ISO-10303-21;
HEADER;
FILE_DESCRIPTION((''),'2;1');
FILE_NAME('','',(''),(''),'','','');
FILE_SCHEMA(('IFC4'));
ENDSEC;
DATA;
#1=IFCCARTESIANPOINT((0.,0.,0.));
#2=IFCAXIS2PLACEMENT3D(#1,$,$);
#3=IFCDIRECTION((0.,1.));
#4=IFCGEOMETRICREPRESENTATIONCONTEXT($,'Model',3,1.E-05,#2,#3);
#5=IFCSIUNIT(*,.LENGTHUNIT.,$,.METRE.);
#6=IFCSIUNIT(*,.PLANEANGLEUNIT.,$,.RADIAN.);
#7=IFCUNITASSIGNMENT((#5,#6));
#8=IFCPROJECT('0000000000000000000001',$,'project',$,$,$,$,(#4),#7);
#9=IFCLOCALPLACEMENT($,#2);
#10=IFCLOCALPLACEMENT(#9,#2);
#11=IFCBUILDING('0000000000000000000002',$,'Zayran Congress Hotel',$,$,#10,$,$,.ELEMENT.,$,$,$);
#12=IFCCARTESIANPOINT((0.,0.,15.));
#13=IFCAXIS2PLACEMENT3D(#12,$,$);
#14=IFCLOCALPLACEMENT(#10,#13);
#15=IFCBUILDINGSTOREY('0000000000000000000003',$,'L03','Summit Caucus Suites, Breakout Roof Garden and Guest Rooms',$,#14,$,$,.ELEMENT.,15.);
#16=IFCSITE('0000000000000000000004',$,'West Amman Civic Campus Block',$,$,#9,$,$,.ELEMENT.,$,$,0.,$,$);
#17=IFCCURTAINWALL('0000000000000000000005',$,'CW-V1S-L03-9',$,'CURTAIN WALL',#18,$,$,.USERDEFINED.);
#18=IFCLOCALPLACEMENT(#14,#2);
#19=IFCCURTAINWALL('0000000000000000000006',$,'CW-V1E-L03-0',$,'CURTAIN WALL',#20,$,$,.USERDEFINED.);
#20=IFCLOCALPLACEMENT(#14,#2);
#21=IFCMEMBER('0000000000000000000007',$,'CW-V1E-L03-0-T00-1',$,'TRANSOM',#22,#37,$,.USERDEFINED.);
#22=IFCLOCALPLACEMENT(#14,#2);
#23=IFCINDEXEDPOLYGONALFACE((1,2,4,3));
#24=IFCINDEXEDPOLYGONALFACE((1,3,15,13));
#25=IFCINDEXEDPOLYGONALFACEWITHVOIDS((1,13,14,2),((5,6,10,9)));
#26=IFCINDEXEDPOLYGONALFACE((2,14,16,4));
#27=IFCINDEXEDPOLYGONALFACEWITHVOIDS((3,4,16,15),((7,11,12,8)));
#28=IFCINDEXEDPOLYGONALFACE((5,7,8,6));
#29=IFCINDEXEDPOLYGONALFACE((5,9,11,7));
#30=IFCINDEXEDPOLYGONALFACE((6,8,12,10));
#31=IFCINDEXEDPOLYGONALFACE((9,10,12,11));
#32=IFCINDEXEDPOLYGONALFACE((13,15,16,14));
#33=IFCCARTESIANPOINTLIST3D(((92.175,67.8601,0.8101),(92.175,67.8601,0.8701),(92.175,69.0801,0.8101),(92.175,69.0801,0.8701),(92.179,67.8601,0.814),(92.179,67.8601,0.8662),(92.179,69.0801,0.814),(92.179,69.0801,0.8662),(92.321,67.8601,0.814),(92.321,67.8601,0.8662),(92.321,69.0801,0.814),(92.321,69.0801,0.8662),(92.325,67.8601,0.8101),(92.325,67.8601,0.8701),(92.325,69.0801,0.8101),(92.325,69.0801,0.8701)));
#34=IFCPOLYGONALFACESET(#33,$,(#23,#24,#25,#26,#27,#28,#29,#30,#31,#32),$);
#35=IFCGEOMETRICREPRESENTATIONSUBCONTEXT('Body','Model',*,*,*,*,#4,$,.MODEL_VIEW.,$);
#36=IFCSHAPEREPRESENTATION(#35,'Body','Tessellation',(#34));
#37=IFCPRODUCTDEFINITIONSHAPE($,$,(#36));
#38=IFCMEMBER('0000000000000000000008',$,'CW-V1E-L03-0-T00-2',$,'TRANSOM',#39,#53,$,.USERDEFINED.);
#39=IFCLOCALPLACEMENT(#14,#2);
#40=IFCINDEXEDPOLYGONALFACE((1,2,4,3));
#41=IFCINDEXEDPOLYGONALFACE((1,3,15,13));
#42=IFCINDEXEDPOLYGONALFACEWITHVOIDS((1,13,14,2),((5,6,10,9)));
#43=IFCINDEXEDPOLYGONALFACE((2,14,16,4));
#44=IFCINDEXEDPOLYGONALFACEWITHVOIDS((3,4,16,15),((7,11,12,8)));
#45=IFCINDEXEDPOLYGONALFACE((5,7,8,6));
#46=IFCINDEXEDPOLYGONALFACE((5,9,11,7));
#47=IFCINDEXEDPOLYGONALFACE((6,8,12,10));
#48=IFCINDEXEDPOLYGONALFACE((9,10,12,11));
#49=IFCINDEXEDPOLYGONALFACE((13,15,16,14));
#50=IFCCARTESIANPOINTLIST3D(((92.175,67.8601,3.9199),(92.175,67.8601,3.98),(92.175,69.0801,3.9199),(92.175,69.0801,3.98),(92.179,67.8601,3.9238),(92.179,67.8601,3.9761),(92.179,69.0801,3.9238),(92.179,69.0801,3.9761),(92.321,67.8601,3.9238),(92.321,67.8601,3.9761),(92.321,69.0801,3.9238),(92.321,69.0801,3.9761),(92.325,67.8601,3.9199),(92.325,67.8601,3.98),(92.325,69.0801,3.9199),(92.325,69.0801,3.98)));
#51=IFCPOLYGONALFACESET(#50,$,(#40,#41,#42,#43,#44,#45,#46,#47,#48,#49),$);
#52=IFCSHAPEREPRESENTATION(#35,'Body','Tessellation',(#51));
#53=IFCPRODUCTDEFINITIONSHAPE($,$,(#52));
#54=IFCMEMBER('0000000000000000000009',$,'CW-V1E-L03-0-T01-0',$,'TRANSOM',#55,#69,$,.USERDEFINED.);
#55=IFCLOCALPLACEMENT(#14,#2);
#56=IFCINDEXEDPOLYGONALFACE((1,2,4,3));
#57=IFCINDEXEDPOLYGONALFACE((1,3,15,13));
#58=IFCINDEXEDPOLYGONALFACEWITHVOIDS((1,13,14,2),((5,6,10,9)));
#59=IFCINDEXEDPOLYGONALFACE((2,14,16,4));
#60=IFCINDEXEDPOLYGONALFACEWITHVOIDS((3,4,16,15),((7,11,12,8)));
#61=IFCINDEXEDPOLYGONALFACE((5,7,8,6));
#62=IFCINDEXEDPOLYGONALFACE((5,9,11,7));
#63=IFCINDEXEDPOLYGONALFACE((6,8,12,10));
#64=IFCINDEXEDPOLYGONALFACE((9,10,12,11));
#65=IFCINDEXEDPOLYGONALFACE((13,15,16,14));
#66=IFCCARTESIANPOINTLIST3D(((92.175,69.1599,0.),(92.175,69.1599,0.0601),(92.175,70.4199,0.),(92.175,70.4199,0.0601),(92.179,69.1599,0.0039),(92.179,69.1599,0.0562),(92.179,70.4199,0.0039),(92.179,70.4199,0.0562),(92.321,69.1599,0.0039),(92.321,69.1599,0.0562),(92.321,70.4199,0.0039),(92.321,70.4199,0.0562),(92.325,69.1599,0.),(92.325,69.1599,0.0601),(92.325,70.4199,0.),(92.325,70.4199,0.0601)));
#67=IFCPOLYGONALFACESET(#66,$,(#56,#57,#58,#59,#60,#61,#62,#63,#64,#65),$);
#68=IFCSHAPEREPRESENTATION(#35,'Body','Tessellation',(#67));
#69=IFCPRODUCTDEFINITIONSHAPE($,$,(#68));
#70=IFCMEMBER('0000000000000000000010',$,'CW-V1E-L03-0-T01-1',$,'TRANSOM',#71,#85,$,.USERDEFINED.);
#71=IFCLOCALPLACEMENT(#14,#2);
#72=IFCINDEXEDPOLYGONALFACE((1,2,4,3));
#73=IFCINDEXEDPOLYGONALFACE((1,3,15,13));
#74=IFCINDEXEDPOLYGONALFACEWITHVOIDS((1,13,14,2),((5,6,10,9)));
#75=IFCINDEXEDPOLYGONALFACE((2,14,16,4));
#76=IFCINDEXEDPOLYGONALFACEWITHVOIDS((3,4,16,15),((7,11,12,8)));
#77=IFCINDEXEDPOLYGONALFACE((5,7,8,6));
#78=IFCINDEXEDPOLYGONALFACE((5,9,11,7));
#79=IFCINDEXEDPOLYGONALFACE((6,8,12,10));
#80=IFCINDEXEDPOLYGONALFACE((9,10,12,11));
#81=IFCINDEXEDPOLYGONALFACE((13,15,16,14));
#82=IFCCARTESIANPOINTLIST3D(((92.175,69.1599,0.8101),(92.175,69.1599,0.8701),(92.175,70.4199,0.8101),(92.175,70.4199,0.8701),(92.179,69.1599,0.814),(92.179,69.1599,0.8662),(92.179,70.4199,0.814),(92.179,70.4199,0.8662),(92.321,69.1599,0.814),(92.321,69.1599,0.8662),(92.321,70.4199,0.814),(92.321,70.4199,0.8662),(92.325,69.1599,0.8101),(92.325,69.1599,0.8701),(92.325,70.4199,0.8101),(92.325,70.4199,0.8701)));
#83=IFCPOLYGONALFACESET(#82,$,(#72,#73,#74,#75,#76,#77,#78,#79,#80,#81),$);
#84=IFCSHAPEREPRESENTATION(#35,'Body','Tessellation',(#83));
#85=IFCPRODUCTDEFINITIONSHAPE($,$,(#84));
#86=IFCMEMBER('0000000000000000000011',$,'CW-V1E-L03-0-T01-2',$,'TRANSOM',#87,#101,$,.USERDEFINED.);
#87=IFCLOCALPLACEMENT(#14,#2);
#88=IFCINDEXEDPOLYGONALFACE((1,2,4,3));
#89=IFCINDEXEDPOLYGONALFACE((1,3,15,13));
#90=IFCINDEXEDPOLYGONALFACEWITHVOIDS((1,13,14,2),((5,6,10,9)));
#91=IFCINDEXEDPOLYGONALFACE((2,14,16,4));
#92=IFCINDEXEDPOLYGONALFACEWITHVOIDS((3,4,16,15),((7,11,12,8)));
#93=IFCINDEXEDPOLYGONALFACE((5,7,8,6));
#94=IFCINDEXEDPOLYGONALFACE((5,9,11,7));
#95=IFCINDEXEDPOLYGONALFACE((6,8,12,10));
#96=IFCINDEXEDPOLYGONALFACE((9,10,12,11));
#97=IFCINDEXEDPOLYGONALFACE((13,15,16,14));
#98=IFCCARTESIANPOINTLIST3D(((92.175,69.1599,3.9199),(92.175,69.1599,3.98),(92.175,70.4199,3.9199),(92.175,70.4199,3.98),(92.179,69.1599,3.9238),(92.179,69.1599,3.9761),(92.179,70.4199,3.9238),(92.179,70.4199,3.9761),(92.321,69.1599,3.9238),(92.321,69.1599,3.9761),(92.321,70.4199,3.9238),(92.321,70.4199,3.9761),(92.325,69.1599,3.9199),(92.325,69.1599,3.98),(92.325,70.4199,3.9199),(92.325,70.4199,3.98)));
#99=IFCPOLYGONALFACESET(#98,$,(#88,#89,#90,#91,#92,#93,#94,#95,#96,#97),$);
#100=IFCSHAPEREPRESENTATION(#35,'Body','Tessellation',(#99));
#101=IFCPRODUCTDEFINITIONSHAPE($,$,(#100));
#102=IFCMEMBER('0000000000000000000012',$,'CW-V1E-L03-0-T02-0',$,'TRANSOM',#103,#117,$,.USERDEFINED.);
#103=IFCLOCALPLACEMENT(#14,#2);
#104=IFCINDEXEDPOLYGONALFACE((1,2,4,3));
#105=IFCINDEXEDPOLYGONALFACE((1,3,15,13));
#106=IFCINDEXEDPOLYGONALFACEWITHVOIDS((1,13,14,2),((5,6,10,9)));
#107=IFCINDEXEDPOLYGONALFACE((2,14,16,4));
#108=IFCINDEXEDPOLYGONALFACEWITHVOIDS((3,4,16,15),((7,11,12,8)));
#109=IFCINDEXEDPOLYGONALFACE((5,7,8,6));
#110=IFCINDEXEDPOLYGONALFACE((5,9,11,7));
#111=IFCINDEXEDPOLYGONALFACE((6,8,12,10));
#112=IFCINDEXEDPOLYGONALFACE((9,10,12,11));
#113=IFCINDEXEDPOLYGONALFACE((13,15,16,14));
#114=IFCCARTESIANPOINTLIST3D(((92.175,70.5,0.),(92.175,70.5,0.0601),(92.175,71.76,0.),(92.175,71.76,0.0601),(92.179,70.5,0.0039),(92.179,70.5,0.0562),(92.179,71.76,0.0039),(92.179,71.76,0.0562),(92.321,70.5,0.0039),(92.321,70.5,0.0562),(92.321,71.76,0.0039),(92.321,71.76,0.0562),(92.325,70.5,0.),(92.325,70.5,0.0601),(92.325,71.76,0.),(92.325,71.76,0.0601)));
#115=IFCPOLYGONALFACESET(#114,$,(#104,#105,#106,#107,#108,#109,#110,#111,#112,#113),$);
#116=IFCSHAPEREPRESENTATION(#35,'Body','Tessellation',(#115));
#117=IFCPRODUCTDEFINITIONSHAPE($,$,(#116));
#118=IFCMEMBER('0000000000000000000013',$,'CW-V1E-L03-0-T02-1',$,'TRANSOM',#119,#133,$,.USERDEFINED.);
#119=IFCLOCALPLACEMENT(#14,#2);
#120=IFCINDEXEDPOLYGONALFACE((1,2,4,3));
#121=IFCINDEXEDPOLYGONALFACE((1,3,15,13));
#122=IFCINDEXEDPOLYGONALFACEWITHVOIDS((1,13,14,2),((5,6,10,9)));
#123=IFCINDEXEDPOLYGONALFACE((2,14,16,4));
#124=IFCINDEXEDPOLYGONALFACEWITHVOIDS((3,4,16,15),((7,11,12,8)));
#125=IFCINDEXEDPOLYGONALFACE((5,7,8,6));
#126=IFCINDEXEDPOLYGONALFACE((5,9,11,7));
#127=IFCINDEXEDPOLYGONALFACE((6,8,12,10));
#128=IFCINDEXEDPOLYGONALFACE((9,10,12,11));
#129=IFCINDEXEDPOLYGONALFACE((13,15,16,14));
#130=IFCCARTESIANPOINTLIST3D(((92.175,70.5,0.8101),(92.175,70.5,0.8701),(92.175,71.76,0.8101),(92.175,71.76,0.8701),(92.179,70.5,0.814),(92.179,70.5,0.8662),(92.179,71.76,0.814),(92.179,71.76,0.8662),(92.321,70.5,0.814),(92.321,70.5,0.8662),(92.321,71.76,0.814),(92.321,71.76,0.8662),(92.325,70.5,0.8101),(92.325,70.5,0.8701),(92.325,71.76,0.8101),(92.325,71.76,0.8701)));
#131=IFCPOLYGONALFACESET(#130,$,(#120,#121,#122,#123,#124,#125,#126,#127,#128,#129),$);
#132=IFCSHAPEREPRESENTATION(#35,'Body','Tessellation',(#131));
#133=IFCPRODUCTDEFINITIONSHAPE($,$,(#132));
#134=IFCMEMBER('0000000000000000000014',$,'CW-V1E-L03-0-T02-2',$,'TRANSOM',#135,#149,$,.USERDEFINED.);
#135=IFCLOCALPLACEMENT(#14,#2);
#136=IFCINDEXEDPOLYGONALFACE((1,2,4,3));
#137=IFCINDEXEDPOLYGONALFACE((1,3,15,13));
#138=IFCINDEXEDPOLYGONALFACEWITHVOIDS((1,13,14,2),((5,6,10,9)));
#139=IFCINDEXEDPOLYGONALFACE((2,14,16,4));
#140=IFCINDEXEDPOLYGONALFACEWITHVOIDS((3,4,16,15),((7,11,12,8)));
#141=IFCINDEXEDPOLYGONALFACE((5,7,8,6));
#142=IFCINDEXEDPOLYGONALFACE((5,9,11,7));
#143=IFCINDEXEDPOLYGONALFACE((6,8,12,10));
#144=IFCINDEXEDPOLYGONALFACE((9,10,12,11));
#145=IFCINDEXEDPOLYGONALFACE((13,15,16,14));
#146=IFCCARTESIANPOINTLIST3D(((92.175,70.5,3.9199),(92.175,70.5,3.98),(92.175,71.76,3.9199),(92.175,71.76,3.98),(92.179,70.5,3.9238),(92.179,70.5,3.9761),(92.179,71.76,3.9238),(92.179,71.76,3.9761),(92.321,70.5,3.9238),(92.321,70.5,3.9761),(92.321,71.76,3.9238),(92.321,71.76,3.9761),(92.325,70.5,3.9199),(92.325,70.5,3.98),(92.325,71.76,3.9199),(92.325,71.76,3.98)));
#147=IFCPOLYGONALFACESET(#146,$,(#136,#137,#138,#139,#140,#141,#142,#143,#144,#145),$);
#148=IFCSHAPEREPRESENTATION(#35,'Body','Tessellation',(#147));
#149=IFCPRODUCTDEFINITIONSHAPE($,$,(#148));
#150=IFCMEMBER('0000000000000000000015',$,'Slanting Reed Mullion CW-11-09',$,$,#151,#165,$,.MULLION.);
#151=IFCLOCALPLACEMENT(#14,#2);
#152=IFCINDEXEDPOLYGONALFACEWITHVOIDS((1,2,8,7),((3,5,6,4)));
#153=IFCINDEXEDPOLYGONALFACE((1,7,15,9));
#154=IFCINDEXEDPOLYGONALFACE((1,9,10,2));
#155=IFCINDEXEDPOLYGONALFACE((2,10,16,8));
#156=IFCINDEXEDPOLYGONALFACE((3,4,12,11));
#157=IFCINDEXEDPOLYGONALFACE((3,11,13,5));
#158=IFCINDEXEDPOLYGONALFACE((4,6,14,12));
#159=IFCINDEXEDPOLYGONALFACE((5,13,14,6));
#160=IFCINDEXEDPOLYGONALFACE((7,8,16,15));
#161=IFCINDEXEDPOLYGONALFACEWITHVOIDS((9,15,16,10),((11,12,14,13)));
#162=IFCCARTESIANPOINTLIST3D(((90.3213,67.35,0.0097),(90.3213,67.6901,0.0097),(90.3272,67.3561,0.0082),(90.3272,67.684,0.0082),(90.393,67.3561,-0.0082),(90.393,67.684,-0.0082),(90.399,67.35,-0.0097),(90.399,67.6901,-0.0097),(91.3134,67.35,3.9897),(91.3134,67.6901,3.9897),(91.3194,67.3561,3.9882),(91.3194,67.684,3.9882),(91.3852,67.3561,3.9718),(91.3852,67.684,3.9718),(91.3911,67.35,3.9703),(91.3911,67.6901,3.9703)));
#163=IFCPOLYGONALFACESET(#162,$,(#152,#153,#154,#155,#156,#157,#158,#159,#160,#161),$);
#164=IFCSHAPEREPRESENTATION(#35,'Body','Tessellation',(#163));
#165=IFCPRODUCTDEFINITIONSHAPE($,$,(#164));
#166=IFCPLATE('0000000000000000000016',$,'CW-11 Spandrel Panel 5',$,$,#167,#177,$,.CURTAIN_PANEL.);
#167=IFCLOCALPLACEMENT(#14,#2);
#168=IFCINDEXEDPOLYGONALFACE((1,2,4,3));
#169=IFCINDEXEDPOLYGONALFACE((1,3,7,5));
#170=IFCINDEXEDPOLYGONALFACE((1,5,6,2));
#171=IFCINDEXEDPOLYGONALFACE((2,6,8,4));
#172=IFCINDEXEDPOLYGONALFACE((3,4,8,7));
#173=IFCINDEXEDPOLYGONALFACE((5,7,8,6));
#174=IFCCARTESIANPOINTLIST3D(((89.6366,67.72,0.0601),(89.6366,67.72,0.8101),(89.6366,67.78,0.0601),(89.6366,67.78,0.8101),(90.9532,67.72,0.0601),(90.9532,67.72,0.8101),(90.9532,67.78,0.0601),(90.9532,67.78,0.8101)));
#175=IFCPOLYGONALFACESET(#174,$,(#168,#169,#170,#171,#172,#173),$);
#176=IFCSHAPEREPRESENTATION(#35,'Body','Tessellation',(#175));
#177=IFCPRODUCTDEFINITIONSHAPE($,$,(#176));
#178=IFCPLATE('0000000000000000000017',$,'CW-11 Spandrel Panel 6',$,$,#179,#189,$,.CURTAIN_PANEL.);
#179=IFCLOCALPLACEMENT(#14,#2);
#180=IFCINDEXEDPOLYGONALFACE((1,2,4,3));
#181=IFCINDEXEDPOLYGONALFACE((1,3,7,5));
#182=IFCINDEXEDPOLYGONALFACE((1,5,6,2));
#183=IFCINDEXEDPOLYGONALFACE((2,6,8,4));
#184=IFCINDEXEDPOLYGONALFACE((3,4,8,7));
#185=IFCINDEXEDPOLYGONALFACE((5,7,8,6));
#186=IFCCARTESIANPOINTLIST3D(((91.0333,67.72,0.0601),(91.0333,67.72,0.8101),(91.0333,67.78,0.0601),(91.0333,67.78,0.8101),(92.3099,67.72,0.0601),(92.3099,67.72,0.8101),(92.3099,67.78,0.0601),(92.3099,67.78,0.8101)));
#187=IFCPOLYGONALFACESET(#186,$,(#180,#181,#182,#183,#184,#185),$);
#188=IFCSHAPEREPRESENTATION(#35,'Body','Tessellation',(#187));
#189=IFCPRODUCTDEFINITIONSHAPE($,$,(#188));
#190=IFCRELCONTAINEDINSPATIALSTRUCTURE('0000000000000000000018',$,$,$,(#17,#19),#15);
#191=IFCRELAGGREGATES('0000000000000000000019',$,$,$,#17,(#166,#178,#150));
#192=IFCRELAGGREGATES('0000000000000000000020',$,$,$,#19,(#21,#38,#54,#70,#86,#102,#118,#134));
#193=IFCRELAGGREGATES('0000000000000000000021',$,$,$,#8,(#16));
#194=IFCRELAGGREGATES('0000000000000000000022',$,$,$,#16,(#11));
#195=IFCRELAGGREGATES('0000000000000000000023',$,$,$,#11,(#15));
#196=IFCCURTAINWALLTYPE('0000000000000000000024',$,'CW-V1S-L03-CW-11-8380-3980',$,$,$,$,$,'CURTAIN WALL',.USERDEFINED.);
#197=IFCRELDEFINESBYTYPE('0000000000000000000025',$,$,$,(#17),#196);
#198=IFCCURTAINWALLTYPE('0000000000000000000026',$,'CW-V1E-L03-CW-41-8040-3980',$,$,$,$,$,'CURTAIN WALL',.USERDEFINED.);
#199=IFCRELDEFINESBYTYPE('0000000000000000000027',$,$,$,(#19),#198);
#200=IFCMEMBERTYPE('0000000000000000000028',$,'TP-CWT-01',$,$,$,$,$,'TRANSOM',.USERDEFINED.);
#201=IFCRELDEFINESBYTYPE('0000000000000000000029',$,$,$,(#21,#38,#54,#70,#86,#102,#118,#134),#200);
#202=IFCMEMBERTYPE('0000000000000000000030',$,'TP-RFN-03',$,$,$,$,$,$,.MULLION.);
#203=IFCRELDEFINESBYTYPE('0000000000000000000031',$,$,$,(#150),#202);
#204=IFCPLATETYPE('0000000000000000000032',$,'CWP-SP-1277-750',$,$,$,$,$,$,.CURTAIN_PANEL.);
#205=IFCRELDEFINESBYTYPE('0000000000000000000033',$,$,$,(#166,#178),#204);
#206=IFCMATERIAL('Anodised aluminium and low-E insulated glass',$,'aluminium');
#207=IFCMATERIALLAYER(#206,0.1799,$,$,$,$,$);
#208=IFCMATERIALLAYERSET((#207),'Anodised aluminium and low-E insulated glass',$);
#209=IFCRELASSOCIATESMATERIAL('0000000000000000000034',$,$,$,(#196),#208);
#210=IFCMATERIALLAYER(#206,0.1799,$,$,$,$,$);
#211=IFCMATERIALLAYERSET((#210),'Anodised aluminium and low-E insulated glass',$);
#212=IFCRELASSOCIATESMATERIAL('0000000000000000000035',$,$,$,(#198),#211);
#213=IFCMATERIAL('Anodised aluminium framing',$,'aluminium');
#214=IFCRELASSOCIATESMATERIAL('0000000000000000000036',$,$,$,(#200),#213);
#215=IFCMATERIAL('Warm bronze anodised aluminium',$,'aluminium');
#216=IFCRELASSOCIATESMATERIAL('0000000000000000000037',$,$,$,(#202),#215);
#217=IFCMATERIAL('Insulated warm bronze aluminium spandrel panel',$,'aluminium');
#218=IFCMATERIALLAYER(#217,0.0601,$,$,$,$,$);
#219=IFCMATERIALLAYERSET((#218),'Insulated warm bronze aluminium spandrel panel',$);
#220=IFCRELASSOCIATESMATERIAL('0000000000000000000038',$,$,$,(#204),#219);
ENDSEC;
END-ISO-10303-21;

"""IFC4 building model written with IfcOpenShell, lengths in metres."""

from ifc_helpers import new_model, si_unit, direction, frame, origin, origin_2d, place, context, subcontext, project, spatial, rectangle, hollow_rectangle, extrude, material, layer, layer_set, material_profile, profile_set, type_object, element, aggregate, save


model = new_model("IFC4")

# Units and contexts
model_context = context("Model", 3, precision=1e-05, world=origin(), true_north=direction((0.0, 1.0)))
body_context = subcontext(model_context, "Body", "Model", "MODEL_VIEW")
ifc_project = project(units=[si_unit("LENGTHUNIT", "METRE"), si_unit("PLANEANGLEUNIT", "RADIAN")], contexts=[model_context])

# Site, building, storey
site_placement = place(None, origin())
site = spatial("IfcSite", under=ifc_project, at=site_placement, Name="West Amman Civic Campus Block", CompositionType="ELEMENT", RefElevation=0.0)
building_placement = place(site_placement, origin())
building = spatial("IfcBuilding", under=site, at=building_placement, Name="Zayran Congress Hotel", CompositionType="ELEMENT")
storey_placement = place(building_placement, frame((0.0, 0.0, 15.0)))
storey = spatial("IfcBuildingStorey", under=building, at=storey_placement, Name="L03", Description="Summit Caucus Suites, Breakout Roof Garden and Guest Rooms", CompositionType="ELEMENT", Elevation=15.0)

# Curtain wall
ifc_material_1 = material(Name="Anodised aluminium and low-E insulated glass", Category="aluminium")
ifc_layer_1 = layer(ifc_material_1, 0.1799)
ifc_layer_set_1 = layer_set([ifc_layer_1], Name="Anodised aluminium and low-E insulated glass")
curtain_wall_type_1 = type_object("IfcCurtainWallType", Name="CW-V1S-L03-CW-11-8380-3980", ElementType="CURTAIN WALL", PredefinedType="USERDEFINED", material=ifc_layer_set_1)
curtain_wall_1_placement = place(storey_placement, origin())
curtain_wall_1 = element("IfcCurtainWall", 1, at=curtain_wall_1_placement, inside=storey, type_object=curtain_wall_type_1, Name="CW-V1S-L03-9", ObjectType="CURTAIN WALL", PredefinedType="USERDEFINED")
ifc_material_2 = material(Name="Anodised aluminium framing", Category="aluminium")

# Curtain wall
ifc_layer_2 = layer(ifc_material_1, 0.1799)
ifc_layer_set_2 = layer_set([ifc_layer_2], Name="Anodised aluminium and low-E insulated glass")
curtain_wall_type_2 = type_object("IfcCurtainWallType", Name="CW-V1E-L03-CW-41-8040-3980", ElementType="CURTAIN WALL", PredefinedType="USERDEFINED", material=ifc_layer_set_2)
curtain_wall_2_placement = place(storey_placement, origin())
curtain_wall_2 = element("IfcCurtainWall", 2, at=curtain_wall_2_placement, inside=storey, type_object=curtain_wall_type_2, Name="CW-V1E-L03-0", ObjectType="CURTAIN WALL", PredefinedType="USERDEFINED")

# Members
ifc_material_profile_1 = material_profile(ifc_material_2, hollow_rectangle(XDim=0.0601, YDim=0.1499, WallThickness=0.0039, at=origin_2d()), Name="RHS 150x60x4")
ifc_profile_set_1 = profile_set([ifc_material_profile_1], Name="Anodised aluminium framing")
member_type_1 = type_object("IfcMemberType", Name="TP-CWT-01", ElementType="TRANSOM", PredefinedType="USERDEFINED", material=ifc_profile_set_1)
member_1_placement = place(storey_placement, frame((92.25, 67.8601, 0.8401), z_axis=(0.0, 1.0, 0.0), x_axis=(0.0, 0.0, 1.0)))
member_1 = element("IfcMember", 3, at=member_1_placement, type_object=member_type_1, Name="CW-V1E-L03-0-T00-1", ObjectType="TRANSOM", PredefinedType="USERDEFINED", context=body_context, shape_type="SweptSolid", body=[
    extrude(hollow_rectangle(XDim=0.0601, YDim=0.1499, WallThickness=0.0039, at=origin_2d()), origin(), (0.0, 0.0, 1.0), 1.22),
])
member_2_placement = place(storey_placement, frame((92.25, 67.8601, 3.95), z_axis=(0.0, 1.0, 0.0), x_axis=(0.0, 0.0, 1.0)))
member_2 = element("IfcMember", 4, at=member_2_placement, type_object=member_type_1, Name="CW-V1E-L03-0-T00-2", ObjectType="TRANSOM", PredefinedType="USERDEFINED", context=body_context, shape_type="SweptSolid", body=[
    extrude(hollow_rectangle(XDim=0.0601, YDim=0.1499, WallThickness=0.0039, at=origin_2d()), origin(), (0.0, 0.0, 1.0), 1.22),
])
member_3_placement = place(storey_placement, frame((92.25, 69.1599, 0.03), z_axis=(0.0, 1.0, 0.0), x_axis=(0.0, 0.0, 1.0)))
member_3 = element("IfcMember", 5, at=member_3_placement, type_object=member_type_1, Name="CW-V1E-L03-0-T01-0", ObjectType="TRANSOM", PredefinedType="USERDEFINED", context=body_context, shape_type="SweptSolid", body=[
    extrude(hollow_rectangle(XDim=0.0601, YDim=0.1499, WallThickness=0.0039, at=origin_2d()), origin(), (0.0, 0.0, 1.0), 1.26),
])
member_4_placement = place(storey_placement, frame((92.25, 69.1599, 0.8401), z_axis=(0.0, 1.0, 0.0), x_axis=(0.0, 0.0, 1.0)))
member_4 = element("IfcMember", 6, at=member_4_placement, type_object=member_type_1, Name="CW-V1E-L03-0-T01-1", ObjectType="TRANSOM", PredefinedType="USERDEFINED", context=body_context, shape_type="SweptSolid", body=[
    extrude(hollow_rectangle(XDim=0.0601, YDim=0.1499, WallThickness=0.0039, at=origin_2d()), origin(), (0.0, 0.0, 1.0), 1.26),
])
member_5_placement = place(storey_placement, frame((92.25, 69.1599, 3.95), z_axis=(0.0, 1.0, 0.0), x_axis=(0.0, 0.0, 1.0)))
member_5 = element("IfcMember", 7, at=member_5_placement, type_object=member_type_1, Name="CW-V1E-L03-0-T01-2", ObjectType="TRANSOM", PredefinedType="USERDEFINED", context=body_context, shape_type="SweptSolid", body=[
    extrude(hollow_rectangle(XDim=0.0601, YDim=0.1499, WallThickness=0.0039, at=origin_2d()), origin(), (0.0, 0.0, 1.0), 1.26),
])
member_6_placement = place(storey_placement, frame((92.25, 70.5, 0.03), z_axis=(0.0, 1.0, 0.0), x_axis=(0.0, 0.0, 1.0)))
member_6 = element("IfcMember", 8, at=member_6_placement, type_object=member_type_1, Name="CW-V1E-L03-0-T02-0", ObjectType="TRANSOM", PredefinedType="USERDEFINED", context=body_context, shape_type="SweptSolid", body=[
    extrude(hollow_rectangle(XDim=0.0601, YDim=0.1499, WallThickness=0.0039, at=origin_2d()), origin(), (0.0, 0.0, 1.0), 1.26),
])
member_7_placement = place(storey_placement, frame((92.25, 70.5, 0.8401), z_axis=(0.0, 1.0, 0.0), x_axis=(0.0, 0.0, 1.0)))
member_7 = element("IfcMember", 9, at=member_7_placement, type_object=member_type_1, Name="CW-V1E-L03-0-T02-1", ObjectType="TRANSOM", PredefinedType="USERDEFINED", context=body_context, shape_type="SweptSolid", body=[
    extrude(hollow_rectangle(XDim=0.0601, YDim=0.1499, WallThickness=0.0039, at=origin_2d()), origin(), (0.0, 0.0, 1.0), 1.26),
])
member_8_placement = place(storey_placement, frame((92.25, 70.5, 3.95), z_axis=(0.0, 1.0, 0.0), x_axis=(0.0, 0.0, 1.0)))
member_8 = element("IfcMember", 10, at=member_8_placement, type_object=member_type_1, Name="CW-V1E-L03-0-T02-2", ObjectType="TRANSOM", PredefinedType="USERDEFINED", context=body_context, shape_type="SweptSolid", body=[
    extrude(hollow_rectangle(XDim=0.0601, YDim=0.1499, WallThickness=0.0039, at=origin_2d()), origin(), (0.0, 0.0, 1.0), 1.26),
])
ifc_material_3 = material(Name="Warm bronze anodised aluminium", Category="aluminium")
ifc_material_profile_2 = material_profile(ifc_material_3, hollow_rectangle(XDim=0.0801, YDim=0.3401, WallThickness=0.0061, at=origin_2d()), Name="RHS 340x80x6")
ifc_profile_set_2 = profile_set([ifc_material_profile_2], Name="Warm bronze anodised aluminium")
member_type_2 = type_object("IfcMemberType", Name="TP-RFN-03", PredefinedType="MULLION", material=ifc_profile_set_2)
member_9_placement = place(storey_placement, frame((90.3601, 67.52, 0.0), z_axis=(0.241891, 0.0, 0.970303), x_axis=(-0.970303, 0.0, 0.241891)))
member_9 = element("IfcMember", 11, at=member_9_placement, type_object=member_type_2, Name="Slanting Reed Mullion CW-11-09", PredefinedType="MULLION", context=body_context, shape_type="SweptSolid", body=[
    extrude(hollow_rectangle(XDim=0.0801, YDim=0.3401, WallThickness=0.0061, at=origin_2d()), origin(), (0.0, 0.0, 1.0), 4.1018),
])

# Plates
ifc_material_4 = material(Name="Insulated warm bronze aluminium spandrel panel", Category="aluminium")
ifc_layer_3 = layer(ifc_material_4, 0.0601)
ifc_layer_set_3 = layer_set([ifc_layer_3], Name="Insulated warm bronze aluminium spandrel panel")
plate_type_1 = type_object("IfcPlateType", Name="CWP-SP-1277-750", PredefinedType="CURTAIN_PANEL", material=ifc_layer_set_3)
plate_1_placement = place(storey_placement, frame((90.2949, 67.75, 0.0601), z_axis=(0.0, 0.0, 1.0), x_axis=(1.0, 0.0, 0.0)))
plate_1 = element("IfcPlate", 12, at=plate_1_placement, type_object=plate_type_1, Name="CW-11 Spandrel Panel 5", PredefinedType="CURTAIN_PANEL", context=body_context, shape_type="SweptSolid", body=[
    extrude(rectangle(XDim=1.3167, YDim=0.0601, at=origin_2d()), origin(), (0.0, 0.0, 1.0), 0.75),
])
plate_2_placement = place(storey_placement, frame((91.6716, 67.75, 0.0601), z_axis=(0.0, 0.0, 1.0), x_axis=(1.0, 0.0, 0.0)))
plate_2 = element("IfcPlate", 13, at=plate_2_placement, type_object=plate_type_1, Name="CW-11 Spandrel Panel 6", PredefinedType="CURTAIN_PANEL", context=body_context, shape_type="SweptSolid", body=[
    extrude(rectangle(XDim=1.2766, YDim=0.0601, at=origin_2d()), origin(), (0.0, 0.0, 1.0), 0.75),
])
aggregate(curtain_wall_1, [plate_1, plate_2, member_9])
aggregate(curtain_wall_2, [member_1, member_2, member_3, member_4, member_5, member_6, member_7, member_8])

save(model, "model.ifc")
